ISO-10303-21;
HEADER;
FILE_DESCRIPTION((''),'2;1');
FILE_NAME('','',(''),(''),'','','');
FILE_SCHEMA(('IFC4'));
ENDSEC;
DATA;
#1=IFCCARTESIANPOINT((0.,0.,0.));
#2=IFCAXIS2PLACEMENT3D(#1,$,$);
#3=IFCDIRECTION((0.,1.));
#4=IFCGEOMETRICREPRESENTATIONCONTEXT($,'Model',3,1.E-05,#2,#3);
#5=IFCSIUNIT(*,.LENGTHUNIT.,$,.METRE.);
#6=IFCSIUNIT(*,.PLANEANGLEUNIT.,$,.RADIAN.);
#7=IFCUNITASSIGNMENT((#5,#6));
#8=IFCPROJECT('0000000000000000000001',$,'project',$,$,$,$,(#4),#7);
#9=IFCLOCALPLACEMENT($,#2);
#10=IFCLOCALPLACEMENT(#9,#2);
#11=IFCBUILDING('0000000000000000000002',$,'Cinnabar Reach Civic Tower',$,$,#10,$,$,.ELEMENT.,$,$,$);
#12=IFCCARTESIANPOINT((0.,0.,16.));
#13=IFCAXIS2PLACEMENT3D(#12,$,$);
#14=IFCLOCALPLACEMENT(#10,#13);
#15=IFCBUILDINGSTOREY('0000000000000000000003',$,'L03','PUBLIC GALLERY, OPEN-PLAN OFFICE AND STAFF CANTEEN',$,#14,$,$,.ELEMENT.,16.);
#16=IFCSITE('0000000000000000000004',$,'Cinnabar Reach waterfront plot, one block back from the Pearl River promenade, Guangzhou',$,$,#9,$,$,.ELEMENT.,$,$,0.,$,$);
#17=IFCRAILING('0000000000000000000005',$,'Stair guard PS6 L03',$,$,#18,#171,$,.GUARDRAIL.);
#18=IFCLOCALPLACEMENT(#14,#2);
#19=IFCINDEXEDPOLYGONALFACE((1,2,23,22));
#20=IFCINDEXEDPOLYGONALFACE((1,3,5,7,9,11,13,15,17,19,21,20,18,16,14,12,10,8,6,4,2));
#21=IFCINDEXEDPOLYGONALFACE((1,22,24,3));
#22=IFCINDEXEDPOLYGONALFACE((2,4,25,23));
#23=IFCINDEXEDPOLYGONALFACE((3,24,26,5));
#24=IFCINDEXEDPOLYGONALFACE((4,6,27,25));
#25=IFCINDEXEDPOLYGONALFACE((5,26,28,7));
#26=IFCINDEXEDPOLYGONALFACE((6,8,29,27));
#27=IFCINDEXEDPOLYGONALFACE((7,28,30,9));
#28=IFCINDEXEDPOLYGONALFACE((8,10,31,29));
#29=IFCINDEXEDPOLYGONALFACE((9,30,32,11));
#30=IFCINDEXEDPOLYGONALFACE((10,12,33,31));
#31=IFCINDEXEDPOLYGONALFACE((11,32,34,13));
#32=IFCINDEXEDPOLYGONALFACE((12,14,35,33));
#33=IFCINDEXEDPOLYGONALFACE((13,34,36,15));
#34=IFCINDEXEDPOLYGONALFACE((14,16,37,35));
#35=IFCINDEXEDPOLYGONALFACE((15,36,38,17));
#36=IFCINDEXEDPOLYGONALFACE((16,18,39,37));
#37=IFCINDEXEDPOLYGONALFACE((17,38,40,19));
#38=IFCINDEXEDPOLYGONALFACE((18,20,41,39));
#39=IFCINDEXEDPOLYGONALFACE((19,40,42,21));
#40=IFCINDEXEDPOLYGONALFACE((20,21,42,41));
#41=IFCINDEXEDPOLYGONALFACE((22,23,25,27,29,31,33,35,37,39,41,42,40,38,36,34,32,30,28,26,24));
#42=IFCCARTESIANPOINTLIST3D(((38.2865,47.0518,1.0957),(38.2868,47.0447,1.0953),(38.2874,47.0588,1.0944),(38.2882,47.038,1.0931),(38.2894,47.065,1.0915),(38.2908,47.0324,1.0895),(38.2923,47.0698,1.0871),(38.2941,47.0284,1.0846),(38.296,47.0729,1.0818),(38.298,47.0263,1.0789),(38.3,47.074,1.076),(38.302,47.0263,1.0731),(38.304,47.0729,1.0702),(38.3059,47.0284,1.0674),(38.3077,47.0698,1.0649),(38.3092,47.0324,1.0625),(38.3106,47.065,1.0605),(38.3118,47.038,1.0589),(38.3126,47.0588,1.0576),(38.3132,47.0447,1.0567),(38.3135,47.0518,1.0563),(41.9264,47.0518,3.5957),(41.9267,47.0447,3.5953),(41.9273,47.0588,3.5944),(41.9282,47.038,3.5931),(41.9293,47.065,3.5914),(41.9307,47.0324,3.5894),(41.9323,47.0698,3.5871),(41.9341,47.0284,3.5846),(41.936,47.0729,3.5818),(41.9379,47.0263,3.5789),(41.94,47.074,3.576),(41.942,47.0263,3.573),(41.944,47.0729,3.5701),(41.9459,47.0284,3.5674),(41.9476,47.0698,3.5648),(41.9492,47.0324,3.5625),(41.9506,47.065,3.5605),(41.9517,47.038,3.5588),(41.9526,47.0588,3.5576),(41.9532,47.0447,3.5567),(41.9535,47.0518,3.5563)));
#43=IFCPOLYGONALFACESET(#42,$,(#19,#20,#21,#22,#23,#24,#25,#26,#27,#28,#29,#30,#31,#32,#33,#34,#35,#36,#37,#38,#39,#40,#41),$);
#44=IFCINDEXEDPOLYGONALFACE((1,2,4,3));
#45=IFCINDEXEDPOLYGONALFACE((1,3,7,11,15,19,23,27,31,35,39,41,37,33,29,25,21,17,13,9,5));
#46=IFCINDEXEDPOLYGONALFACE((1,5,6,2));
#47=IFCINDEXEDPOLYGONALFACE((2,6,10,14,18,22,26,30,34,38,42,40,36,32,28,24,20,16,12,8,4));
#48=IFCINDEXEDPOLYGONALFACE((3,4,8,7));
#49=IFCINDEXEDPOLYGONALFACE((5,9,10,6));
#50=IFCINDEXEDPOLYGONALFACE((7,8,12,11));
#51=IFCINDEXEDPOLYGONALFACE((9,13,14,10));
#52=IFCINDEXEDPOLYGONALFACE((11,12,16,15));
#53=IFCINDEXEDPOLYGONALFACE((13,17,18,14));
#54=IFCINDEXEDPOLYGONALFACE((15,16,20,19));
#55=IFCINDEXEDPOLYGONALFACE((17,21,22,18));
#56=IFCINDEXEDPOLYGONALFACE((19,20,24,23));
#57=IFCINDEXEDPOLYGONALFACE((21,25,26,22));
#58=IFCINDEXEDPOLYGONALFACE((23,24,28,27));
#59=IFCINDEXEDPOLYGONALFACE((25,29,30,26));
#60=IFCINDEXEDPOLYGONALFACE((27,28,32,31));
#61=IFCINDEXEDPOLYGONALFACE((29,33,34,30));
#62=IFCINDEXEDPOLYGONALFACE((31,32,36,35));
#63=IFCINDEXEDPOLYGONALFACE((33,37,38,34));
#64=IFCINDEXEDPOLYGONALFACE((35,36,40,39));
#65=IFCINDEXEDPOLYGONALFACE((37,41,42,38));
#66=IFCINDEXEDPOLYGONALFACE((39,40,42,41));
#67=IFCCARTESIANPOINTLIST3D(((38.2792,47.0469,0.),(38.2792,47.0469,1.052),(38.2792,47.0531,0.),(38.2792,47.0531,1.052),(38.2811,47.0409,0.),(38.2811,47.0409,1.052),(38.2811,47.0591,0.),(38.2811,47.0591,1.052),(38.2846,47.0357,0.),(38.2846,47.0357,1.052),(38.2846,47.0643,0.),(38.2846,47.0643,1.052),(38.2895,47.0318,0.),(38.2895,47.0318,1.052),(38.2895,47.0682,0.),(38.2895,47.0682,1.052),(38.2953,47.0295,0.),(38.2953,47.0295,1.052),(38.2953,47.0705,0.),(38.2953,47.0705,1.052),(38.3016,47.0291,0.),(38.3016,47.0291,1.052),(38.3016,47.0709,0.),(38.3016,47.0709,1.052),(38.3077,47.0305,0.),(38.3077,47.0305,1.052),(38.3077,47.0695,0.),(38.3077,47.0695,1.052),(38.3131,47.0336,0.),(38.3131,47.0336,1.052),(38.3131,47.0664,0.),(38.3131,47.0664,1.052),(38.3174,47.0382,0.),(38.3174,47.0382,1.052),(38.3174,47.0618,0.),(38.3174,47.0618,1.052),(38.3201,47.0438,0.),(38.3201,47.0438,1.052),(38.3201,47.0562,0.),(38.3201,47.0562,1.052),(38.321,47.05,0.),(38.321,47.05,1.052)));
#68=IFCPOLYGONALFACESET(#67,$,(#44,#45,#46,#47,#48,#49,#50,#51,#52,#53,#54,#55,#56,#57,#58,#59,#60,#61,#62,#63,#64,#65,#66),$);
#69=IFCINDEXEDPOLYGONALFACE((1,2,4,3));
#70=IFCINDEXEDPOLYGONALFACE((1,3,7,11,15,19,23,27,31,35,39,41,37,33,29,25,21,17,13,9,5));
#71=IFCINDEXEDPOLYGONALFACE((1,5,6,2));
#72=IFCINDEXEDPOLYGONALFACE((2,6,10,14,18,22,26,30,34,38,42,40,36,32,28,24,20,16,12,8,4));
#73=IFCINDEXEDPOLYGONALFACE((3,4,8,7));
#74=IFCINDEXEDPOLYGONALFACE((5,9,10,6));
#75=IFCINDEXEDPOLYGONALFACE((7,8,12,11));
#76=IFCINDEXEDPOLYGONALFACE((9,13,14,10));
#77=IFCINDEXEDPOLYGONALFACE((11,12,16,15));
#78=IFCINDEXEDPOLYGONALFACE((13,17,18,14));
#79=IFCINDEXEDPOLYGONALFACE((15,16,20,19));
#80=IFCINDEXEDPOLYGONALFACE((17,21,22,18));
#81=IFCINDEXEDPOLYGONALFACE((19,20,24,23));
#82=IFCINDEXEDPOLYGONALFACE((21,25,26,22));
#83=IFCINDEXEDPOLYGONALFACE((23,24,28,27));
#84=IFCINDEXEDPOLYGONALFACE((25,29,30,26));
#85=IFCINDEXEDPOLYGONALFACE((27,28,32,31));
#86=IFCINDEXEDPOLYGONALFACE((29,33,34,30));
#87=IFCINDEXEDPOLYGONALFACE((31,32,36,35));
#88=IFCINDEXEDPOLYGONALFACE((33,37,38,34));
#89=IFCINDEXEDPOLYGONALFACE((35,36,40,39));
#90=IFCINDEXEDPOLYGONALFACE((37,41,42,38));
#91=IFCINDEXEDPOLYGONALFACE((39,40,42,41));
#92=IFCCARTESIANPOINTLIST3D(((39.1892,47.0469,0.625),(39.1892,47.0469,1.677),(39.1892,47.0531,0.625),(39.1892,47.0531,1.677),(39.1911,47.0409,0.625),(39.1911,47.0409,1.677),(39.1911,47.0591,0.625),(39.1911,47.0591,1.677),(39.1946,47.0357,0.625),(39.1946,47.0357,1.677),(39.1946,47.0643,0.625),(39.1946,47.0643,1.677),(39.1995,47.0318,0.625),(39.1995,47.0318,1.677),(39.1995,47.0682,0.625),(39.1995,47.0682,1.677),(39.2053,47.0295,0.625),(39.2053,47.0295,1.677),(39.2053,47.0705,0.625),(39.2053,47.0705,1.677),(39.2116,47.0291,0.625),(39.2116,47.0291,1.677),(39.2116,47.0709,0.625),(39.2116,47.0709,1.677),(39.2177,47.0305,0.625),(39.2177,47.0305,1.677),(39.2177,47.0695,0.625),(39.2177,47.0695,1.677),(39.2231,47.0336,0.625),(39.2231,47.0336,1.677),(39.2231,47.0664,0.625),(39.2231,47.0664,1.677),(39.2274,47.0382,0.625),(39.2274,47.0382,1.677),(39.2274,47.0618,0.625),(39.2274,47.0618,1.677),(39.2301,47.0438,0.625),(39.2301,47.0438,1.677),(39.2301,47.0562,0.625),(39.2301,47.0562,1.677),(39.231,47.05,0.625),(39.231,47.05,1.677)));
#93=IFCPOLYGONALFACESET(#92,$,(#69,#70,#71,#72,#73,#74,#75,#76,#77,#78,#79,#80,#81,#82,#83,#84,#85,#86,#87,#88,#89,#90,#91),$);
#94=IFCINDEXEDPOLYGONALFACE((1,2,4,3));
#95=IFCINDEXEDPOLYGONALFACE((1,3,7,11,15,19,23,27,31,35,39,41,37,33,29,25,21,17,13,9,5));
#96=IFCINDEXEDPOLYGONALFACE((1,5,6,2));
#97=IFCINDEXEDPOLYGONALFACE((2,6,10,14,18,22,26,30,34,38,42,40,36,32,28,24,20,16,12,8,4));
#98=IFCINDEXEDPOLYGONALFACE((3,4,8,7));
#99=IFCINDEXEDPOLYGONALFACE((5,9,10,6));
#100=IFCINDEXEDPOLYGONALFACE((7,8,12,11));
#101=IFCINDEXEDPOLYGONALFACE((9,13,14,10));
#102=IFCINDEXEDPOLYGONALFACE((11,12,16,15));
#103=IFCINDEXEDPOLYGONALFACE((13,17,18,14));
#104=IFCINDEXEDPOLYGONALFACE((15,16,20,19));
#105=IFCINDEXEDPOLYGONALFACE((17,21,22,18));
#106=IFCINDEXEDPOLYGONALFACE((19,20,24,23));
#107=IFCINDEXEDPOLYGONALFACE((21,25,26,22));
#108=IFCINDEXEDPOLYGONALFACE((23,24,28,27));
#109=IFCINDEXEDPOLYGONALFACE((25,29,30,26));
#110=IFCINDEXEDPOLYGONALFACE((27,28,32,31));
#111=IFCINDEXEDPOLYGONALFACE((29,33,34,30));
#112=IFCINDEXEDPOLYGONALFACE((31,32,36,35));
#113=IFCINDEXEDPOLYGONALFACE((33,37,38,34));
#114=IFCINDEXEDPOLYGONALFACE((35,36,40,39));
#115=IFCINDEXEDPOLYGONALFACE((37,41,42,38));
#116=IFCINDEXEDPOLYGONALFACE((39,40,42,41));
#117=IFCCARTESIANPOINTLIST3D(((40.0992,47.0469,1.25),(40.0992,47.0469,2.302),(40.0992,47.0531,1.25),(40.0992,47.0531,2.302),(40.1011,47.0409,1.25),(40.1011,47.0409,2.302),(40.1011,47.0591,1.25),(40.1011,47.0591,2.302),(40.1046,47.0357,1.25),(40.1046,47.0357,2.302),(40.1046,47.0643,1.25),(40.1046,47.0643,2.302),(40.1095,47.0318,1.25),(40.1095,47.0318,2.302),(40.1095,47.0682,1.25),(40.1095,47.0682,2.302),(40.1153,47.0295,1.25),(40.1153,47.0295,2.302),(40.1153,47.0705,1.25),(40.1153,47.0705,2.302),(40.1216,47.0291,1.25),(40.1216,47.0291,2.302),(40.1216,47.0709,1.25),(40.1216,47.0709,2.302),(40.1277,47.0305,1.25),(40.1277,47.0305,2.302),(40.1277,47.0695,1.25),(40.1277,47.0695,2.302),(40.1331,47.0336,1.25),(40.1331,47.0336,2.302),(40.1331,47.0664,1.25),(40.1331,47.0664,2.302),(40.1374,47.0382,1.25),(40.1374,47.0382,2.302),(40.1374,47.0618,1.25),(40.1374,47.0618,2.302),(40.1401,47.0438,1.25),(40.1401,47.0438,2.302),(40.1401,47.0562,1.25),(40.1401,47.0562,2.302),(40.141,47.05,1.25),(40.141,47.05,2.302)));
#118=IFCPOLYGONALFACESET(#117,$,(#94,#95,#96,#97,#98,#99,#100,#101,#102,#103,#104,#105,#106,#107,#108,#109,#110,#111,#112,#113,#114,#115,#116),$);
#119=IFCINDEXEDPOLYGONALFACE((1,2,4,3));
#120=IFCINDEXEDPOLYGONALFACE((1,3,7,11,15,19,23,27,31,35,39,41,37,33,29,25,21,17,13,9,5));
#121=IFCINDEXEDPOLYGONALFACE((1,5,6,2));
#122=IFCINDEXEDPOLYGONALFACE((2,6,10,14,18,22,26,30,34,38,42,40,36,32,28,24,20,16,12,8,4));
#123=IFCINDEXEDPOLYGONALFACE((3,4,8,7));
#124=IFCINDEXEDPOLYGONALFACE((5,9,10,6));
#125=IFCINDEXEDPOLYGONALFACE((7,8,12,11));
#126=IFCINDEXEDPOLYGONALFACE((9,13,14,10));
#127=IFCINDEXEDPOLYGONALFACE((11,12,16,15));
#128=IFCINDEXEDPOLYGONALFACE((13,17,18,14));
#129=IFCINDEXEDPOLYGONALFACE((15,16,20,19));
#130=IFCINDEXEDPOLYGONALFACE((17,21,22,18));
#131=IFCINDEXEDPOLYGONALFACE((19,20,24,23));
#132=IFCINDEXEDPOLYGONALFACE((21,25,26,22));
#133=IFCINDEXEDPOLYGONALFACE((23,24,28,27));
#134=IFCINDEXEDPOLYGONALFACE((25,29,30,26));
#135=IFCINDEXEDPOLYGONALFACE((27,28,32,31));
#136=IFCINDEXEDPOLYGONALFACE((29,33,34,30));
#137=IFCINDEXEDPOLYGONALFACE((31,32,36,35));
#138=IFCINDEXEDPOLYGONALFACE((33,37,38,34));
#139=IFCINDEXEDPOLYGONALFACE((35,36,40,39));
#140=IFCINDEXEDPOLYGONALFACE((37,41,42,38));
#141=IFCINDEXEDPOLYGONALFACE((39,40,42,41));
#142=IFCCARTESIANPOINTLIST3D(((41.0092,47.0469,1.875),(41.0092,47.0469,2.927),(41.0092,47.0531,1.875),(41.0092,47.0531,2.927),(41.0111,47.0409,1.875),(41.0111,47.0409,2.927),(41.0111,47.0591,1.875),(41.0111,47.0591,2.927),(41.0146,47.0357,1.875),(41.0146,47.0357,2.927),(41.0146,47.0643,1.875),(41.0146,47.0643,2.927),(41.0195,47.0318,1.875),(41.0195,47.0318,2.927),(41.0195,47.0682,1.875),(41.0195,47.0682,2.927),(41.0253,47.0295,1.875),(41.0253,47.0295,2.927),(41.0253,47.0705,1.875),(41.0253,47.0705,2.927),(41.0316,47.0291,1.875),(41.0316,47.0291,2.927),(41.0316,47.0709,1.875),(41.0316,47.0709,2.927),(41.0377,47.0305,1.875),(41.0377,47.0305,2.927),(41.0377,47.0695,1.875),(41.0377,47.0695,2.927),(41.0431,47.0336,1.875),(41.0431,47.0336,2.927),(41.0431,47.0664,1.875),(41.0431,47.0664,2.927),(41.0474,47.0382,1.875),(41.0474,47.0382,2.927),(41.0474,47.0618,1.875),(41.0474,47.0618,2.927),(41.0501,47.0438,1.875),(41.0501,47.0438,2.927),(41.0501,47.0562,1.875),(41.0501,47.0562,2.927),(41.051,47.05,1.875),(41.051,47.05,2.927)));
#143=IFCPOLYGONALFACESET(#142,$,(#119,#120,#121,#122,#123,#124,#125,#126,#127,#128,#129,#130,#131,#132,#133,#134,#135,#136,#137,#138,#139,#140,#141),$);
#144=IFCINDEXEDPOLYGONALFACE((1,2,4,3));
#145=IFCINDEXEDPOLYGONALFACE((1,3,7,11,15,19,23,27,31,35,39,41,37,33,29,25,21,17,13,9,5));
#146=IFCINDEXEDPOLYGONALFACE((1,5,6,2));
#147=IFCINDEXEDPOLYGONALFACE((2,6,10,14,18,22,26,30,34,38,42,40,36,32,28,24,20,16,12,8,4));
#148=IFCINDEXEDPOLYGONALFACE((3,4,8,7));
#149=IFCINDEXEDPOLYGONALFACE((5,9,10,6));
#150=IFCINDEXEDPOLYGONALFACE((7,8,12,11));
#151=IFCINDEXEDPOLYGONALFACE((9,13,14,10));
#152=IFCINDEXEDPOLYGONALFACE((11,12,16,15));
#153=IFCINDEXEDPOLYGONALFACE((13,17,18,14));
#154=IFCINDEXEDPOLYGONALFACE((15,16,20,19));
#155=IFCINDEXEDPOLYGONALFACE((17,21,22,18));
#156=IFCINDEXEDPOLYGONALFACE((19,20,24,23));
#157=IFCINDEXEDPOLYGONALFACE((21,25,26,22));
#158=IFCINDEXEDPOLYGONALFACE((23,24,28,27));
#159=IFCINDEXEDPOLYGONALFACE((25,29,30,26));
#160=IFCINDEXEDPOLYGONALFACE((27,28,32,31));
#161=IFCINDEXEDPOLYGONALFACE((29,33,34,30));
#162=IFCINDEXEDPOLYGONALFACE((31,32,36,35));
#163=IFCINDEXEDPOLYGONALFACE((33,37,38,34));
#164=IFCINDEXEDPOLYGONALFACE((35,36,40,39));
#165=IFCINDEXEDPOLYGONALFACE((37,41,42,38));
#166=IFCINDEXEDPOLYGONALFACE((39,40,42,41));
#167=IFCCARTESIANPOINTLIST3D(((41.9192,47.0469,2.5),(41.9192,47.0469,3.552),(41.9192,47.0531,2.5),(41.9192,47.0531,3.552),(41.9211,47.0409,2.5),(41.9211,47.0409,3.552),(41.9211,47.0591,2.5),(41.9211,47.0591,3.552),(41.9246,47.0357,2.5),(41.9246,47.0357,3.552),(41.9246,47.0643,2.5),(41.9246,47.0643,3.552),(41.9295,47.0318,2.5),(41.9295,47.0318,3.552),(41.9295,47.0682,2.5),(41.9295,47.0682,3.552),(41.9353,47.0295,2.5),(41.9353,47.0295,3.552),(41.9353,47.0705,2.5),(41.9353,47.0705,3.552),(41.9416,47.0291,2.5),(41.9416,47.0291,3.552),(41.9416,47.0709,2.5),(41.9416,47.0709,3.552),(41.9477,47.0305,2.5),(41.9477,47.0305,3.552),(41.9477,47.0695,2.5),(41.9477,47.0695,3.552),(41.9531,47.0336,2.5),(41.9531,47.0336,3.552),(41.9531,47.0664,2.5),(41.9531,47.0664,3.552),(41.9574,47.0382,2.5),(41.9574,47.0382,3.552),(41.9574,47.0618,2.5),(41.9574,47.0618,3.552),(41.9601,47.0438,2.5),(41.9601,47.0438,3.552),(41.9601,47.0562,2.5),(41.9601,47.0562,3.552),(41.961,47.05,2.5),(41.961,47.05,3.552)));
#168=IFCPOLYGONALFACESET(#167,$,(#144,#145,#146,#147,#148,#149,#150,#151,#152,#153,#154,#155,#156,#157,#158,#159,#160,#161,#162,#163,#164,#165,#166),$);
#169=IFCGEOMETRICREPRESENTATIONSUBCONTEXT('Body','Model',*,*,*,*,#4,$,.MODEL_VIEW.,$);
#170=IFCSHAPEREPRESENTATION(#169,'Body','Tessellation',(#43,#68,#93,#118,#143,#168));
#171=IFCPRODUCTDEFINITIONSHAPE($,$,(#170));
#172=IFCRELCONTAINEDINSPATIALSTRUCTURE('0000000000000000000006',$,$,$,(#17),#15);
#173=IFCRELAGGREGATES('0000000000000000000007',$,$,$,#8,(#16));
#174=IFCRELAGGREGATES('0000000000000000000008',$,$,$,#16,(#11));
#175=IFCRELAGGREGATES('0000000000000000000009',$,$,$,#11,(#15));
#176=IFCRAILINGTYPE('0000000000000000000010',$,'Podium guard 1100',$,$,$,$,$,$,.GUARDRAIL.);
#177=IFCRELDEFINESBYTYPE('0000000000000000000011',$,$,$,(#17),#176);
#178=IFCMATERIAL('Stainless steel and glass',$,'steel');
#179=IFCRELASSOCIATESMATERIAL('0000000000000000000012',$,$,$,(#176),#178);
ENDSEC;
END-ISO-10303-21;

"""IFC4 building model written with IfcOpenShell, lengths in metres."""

from ifc_helpers import new_model, si_unit, direction, frame, origin, origin_2d, place, context, subcontext, project, spatial, circle, extrude, material, type_object, element, save


model = new_model("IFC4")

# Units and contexts
model_context = context("Model", 3, precision=1e-05, world=origin(), true_north=direction((0.0, 1.0)))
body_context = subcontext(model_context, "Body", "Model", "MODEL_VIEW")
ifc_project = project(units=[si_unit("LENGTHUNIT", "METRE"), si_unit("PLANEANGLEUNIT", "RADIAN")], contexts=[model_context])

# Site, building, storey
site_placement = place(None, origin())
site = spatial("IfcSite", under=ifc_project, at=site_placement, Name="Cinnabar Reach waterfront plot, one block back from the Pearl River promenade, Guangzhou", CompositionType="ELEMENT", RefElevation=0.0)
building_placement = place(site_placement, origin())
building = spatial("IfcBuilding", under=site, at=building_placement, Name="Cinnabar Reach Civic Tower", CompositionType="ELEMENT")
storey_placement = place(building_placement, frame((0.0, 0.0, 16.0)))
storey = spatial("IfcBuildingStorey", under=building, at=storey_placement, Name="L03", Description="PUBLIC GALLERY, OPEN-PLAN OFFICE AND STAFF CANTEEN", CompositionType="ELEMENT", Elevation=16.0)

# Railing
ifc_material_1 = material(Name="Stainless steel and glass", Category="steel")
railing_type_1 = type_object("IfcRailingType", Name="Podium guard 1100", PredefinedType="GUARDRAIL", material=ifc_material_1)
railing_1_placement = place(storey_placement, frame((38.3, 47.05, 0.0)))
element("IfcRailing", 1, at=railing_1_placement, inside=storey, type_object=railing_type_1, Name="Stair guard PS6 L03", PredefinedType="GUARDRAIL", context=body_context, shape_type="SweptSolid", body=[
    extrude(circle(Radius=0.024, at=origin_2d()), frame((0.0, 0.0, 1.076), z_axis=(0.824306, 0.0, 0.566144), x_axis=(0.0, 1.0, 0.0)), (0.0, 0.0, 1.0), 4.4158),
    extrude(circle(Radius=0.021, at=origin_2d()), origin(), (0.0, 0.0, 1.0), 1.052),
    extrude(circle(Radius=0.021, at=origin_2d()), frame((0.91, 0.0, 0.625)), (0.0, 0.0, 1.0), 1.052),
    extrude(circle(Radius=0.021, at=origin_2d()), frame((1.82, 0.0, 1.25)), (0.0, 0.0, 1.0), 1.052),
    extrude(circle(Radius=0.021, at=origin_2d()), frame((2.73, 0.0, 1.875)), (0.0, 0.0, 1.0), 1.052),
    extrude(circle(Radius=0.021, at=origin_2d()), frame((3.64, 0.0, 2.5)), (0.0, 0.0, 1.0), 1.052),
])

save(model, "model.ifc")
